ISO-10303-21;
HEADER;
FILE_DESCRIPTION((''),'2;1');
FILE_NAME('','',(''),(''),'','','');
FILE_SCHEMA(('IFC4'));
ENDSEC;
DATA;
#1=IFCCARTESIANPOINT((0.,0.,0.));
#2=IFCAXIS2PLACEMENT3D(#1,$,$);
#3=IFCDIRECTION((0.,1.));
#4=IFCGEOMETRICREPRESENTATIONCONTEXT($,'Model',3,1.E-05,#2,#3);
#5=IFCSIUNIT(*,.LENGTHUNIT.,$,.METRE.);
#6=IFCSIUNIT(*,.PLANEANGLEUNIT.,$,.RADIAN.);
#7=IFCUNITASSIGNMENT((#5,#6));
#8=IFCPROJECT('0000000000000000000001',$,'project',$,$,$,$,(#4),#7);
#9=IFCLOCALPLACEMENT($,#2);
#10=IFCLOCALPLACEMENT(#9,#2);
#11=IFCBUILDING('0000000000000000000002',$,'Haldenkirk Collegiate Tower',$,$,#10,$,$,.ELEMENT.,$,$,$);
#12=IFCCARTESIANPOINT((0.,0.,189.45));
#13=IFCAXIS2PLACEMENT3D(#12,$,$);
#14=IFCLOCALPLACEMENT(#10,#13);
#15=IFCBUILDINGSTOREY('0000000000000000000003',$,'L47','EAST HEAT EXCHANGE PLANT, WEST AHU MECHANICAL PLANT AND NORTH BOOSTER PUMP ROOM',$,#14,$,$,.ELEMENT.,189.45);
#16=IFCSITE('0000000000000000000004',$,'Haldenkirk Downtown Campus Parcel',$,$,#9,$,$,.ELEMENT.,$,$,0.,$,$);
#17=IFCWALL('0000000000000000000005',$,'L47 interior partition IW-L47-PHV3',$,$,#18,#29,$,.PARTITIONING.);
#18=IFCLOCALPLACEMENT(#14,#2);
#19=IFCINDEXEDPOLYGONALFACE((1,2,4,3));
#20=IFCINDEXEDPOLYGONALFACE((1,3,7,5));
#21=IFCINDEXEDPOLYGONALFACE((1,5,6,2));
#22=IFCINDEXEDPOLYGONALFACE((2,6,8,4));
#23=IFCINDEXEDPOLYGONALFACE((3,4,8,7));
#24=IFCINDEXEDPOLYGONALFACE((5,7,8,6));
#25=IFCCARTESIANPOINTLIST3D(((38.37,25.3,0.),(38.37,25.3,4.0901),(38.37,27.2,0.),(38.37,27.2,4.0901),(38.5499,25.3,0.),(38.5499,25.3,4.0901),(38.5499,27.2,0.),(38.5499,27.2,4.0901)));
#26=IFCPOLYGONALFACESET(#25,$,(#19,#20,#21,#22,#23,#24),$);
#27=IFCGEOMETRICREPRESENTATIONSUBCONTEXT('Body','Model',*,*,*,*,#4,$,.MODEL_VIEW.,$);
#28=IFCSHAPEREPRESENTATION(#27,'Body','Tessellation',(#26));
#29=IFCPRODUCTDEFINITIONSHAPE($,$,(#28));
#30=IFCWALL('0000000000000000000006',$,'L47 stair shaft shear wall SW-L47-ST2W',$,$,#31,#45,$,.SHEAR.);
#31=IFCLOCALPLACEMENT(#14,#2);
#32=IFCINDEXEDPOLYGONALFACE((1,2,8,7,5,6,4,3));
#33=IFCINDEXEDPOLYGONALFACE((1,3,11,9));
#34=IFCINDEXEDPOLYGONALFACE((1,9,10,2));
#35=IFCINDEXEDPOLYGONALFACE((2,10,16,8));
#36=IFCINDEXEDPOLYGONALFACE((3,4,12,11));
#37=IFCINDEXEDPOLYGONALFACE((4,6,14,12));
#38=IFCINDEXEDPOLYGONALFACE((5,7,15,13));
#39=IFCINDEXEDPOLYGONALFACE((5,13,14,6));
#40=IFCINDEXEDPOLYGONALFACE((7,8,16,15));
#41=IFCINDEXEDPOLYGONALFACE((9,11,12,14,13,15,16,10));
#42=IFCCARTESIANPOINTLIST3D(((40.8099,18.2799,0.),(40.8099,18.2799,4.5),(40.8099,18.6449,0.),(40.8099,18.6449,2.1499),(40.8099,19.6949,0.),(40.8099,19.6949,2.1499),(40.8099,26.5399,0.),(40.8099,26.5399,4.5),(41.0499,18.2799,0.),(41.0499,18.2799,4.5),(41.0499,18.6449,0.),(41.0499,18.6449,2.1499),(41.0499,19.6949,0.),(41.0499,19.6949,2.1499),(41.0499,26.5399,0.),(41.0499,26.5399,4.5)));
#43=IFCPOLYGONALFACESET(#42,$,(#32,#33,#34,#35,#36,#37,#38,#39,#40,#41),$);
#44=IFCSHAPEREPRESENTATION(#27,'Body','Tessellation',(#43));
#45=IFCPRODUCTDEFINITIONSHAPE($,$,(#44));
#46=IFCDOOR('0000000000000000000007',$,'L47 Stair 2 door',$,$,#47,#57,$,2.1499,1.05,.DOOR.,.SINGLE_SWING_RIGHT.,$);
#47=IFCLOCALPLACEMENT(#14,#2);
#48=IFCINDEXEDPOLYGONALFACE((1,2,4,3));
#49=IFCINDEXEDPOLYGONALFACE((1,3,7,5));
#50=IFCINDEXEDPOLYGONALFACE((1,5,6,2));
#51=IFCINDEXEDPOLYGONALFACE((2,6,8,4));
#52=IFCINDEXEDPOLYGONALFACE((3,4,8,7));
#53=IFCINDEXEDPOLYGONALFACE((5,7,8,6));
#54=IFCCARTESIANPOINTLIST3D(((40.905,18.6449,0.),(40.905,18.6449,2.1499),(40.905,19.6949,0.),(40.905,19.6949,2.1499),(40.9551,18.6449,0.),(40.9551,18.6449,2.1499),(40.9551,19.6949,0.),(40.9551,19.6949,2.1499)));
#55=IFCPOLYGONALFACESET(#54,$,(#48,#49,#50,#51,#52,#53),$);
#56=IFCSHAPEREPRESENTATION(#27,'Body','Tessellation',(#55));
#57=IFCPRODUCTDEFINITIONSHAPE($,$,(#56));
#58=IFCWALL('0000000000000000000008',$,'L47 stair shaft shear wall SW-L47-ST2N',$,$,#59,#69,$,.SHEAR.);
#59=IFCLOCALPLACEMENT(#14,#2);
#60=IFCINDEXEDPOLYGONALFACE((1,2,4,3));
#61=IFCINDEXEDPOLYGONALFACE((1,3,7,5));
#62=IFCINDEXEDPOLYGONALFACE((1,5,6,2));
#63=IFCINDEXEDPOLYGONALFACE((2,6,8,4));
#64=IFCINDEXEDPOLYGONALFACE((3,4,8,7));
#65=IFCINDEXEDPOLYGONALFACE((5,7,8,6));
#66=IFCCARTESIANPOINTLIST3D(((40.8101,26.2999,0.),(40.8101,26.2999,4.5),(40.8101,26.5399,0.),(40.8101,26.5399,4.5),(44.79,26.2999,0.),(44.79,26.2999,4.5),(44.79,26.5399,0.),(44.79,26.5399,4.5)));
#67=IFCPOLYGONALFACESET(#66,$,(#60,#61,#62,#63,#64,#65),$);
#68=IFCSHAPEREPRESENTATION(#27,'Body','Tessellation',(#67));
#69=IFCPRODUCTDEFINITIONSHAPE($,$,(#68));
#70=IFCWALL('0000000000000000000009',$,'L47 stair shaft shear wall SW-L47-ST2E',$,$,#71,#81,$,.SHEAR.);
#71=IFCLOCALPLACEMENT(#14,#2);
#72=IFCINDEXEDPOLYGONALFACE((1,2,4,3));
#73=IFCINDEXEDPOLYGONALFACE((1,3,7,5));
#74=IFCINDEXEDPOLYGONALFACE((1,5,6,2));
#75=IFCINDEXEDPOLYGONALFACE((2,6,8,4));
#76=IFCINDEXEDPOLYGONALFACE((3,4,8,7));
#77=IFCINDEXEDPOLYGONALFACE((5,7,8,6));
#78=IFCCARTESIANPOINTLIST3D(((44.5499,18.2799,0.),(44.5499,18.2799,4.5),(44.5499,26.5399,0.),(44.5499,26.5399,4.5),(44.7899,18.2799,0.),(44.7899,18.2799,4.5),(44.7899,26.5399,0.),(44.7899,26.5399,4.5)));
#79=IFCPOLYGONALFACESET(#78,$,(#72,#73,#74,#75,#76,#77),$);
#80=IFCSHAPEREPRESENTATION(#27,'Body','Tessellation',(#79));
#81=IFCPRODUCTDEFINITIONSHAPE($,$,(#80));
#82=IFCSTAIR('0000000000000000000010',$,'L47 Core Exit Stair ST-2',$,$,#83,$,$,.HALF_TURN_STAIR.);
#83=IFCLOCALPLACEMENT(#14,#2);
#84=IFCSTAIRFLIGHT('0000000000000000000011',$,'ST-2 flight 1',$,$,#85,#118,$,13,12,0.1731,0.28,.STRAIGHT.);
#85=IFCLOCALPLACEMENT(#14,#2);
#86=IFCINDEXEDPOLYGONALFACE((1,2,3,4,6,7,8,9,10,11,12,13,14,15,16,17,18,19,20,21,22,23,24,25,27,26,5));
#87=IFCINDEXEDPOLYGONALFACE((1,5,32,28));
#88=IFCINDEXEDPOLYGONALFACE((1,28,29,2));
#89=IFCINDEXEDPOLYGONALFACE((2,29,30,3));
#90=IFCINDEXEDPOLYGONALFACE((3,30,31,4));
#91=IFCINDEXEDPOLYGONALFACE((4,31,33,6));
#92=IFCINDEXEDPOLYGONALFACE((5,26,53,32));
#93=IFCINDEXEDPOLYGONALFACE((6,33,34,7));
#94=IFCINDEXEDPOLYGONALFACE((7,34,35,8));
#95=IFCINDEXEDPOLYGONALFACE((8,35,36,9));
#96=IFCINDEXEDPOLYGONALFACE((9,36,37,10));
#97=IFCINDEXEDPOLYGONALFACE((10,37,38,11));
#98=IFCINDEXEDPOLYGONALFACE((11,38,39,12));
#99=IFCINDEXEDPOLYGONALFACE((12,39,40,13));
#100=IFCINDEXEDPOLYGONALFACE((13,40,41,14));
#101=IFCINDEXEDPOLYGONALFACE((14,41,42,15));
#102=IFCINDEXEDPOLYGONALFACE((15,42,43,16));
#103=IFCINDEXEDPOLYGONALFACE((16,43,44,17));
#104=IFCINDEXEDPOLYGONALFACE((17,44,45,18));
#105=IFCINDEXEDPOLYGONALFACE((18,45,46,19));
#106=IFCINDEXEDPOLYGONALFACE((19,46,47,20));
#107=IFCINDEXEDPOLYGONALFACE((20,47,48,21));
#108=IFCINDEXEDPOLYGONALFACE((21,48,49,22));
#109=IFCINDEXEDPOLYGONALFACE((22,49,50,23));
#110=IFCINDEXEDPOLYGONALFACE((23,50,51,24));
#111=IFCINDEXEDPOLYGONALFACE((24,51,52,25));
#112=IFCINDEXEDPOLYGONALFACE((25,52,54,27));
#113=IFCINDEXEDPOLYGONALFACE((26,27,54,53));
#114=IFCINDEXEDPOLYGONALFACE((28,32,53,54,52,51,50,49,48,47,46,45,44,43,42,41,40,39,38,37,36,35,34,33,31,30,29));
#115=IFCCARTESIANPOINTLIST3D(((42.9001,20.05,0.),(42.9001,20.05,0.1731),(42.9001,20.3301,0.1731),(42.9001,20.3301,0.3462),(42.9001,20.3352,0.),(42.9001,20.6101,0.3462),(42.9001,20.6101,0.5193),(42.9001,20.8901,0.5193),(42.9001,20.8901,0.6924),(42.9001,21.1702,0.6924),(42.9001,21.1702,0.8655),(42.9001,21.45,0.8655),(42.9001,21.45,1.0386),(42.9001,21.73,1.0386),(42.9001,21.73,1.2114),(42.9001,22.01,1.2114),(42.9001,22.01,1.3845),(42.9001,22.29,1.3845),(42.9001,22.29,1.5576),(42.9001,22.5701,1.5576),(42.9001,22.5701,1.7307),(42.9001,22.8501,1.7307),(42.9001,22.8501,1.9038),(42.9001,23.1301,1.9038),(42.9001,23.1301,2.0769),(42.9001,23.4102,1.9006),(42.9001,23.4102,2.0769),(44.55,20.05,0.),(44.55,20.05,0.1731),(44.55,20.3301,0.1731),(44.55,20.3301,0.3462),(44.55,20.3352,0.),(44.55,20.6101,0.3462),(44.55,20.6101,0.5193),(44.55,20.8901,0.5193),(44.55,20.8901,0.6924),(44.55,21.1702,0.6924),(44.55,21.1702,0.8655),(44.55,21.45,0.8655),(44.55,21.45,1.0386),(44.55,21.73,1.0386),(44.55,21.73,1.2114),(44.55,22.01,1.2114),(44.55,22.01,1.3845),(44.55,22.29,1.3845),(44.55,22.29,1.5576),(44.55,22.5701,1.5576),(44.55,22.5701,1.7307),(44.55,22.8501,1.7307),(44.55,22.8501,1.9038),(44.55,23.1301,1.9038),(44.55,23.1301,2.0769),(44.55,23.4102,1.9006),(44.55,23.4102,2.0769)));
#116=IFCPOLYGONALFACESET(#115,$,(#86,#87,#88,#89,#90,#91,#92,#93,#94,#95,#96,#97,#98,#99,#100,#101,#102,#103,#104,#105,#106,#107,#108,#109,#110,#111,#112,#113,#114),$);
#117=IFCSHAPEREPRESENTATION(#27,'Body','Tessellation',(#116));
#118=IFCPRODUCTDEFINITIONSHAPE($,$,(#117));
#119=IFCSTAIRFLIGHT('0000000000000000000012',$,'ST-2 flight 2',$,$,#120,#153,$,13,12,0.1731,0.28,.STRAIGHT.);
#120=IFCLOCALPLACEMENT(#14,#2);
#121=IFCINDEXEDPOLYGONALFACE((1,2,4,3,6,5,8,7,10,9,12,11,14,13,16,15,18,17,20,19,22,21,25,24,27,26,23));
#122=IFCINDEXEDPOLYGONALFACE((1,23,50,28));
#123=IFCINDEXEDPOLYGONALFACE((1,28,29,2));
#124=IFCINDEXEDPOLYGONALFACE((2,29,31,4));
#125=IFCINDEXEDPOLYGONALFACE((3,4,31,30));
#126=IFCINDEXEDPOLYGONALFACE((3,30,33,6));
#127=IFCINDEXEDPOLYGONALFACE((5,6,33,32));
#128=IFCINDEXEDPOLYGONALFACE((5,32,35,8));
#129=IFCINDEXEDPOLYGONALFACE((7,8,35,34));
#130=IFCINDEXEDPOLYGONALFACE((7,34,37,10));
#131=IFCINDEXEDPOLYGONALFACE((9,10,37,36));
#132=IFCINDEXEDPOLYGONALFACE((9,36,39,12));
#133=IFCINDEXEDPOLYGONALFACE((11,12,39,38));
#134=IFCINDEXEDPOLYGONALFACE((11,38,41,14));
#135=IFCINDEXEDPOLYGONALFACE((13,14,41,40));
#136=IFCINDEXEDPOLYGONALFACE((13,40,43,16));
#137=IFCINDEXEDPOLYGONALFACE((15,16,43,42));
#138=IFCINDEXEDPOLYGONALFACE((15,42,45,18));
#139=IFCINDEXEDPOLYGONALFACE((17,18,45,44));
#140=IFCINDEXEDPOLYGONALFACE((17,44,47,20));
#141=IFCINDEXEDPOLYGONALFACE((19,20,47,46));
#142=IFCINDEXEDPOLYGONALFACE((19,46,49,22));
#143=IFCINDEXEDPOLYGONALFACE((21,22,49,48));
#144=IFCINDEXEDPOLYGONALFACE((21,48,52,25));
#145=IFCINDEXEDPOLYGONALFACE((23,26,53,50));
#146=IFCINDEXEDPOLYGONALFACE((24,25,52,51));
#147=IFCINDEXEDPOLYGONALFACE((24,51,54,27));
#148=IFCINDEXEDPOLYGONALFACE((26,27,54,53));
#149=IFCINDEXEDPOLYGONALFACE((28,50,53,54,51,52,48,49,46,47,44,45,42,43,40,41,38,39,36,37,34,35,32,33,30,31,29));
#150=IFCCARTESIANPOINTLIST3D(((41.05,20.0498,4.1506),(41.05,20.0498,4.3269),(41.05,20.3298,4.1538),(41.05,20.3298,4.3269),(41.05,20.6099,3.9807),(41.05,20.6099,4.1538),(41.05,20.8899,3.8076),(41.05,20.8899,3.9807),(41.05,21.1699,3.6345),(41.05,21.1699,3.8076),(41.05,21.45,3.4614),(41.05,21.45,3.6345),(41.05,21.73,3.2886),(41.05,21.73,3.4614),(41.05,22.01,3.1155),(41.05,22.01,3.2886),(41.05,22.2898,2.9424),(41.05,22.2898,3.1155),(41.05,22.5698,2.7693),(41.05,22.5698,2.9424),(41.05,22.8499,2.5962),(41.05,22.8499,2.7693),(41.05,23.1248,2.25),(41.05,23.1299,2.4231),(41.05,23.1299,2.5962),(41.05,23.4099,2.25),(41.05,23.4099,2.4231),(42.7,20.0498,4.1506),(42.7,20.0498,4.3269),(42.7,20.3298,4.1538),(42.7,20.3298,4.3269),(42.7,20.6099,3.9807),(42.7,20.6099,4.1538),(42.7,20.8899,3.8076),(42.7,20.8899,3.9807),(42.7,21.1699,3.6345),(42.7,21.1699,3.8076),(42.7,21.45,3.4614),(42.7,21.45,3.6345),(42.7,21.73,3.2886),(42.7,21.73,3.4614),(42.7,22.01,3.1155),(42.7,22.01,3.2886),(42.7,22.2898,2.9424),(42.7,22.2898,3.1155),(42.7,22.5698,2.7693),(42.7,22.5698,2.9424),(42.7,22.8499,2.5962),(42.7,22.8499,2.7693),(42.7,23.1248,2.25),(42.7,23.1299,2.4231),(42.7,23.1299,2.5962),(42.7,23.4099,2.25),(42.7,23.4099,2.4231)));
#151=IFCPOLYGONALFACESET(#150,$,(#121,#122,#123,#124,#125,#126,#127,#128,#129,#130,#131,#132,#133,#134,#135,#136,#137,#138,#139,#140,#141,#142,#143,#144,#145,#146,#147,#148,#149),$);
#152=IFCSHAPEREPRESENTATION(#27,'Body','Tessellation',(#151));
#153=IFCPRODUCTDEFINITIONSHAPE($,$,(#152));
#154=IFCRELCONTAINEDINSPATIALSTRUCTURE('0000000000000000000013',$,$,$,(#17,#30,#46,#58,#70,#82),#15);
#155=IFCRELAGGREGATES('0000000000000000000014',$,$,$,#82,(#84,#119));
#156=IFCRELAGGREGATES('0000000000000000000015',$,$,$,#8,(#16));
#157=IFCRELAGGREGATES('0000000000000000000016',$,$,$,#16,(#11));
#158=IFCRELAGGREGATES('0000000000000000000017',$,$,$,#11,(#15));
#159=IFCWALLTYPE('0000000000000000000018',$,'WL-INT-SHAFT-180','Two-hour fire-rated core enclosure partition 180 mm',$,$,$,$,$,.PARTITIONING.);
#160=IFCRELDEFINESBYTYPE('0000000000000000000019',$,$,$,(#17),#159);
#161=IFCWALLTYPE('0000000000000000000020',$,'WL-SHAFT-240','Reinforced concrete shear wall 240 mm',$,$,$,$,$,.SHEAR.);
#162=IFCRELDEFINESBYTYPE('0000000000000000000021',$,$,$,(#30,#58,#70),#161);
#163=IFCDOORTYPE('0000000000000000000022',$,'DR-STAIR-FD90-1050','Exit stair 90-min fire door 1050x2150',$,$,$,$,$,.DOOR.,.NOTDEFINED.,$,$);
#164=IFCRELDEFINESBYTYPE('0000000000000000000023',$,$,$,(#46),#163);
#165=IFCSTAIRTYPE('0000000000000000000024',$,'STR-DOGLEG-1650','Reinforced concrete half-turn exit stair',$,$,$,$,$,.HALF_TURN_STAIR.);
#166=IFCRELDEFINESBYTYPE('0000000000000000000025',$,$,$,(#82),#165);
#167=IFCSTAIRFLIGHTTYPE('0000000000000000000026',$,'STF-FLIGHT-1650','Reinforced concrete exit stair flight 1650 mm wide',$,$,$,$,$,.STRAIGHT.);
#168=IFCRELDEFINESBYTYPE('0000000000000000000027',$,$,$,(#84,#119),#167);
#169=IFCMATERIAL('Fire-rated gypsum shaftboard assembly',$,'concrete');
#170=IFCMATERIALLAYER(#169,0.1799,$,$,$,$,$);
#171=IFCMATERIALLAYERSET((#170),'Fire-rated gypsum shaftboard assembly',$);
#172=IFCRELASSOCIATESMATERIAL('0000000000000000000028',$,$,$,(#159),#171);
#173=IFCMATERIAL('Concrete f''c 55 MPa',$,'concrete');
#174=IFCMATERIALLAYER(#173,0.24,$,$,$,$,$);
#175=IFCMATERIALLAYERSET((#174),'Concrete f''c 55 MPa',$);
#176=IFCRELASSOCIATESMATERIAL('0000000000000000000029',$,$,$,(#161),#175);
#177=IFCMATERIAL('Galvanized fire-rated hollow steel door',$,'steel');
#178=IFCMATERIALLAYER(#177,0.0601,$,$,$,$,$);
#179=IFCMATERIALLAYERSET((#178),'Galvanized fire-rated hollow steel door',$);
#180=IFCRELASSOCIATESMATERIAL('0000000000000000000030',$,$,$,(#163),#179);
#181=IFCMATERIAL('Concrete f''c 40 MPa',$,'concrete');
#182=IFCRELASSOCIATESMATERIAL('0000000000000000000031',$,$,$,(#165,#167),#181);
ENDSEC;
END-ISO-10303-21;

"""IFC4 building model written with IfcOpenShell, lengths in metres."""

from ifc_helpers import new_model, si_unit, direction, frame, frame_2d, origin, place, context, subcontext, project, spatial, polyline, rectangle, outline, extrude, material, layer, layer_set, type_object, element, fill, aggregate, save


model = new_model("IFC4")

# Units and contexts
model_context = context("Model", 3, precision=1e-05, world=origin(), true_north=direction((0.0, 1.0)))
body_context = subcontext(model_context, "Body", "Model", "MODEL_VIEW")
ifc_project = project(units=[si_unit("LENGTHUNIT", "METRE"), si_unit("PLANEANGLEUNIT", "RADIAN")], contexts=[model_context])

# Site, building, storey
site_placement = place(None, origin())
site = spatial("IfcSite", under=ifc_project, at=site_placement, Name="Haldenkirk Downtown Campus Parcel", CompositionType="ELEMENT", RefElevation=0.0)
building_placement = place(site_placement, origin())
building = spatial("IfcBuilding", under=site, at=building_placement, Name="Haldenkirk Collegiate Tower", CompositionType="ELEMENT")
storey_placement = place(building_placement, frame((0.0, 0.0, 189.45)))
storey = spatial("IfcBuildingStorey", under=building, at=storey_placement, Name="L47", Description="EAST HEAT EXCHANGE PLANT, WEST AHU MECHANICAL PLANT AND NORTH BOOSTER PUMP ROOM", CompositionType="ELEMENT", Elevation=189.45)

# Shared definitions
ifc_material_1 = material(Name="Concrete f'c 55 MPa", Category="concrete")
ifc_material_2 = material(Name="Galvanized fire-rated hollow steel door", Category="steel")

# Wall
ifc_material_3 = material(Name="Fire-rated gypsum shaftboard assembly", Category="concrete")
ifc_layer_1 = layer(ifc_material_3, 0.1799)
ifc_layer_set_1 = layer_set([ifc_layer_1], Name="Fire-rated gypsum shaftboard assembly")
wall_type_1 = type_object("IfcWallType", Name="WL-INT-SHAFT-180", Description="Two-hour fire-rated core enclosure partition 180 mm", PredefinedType="PARTITIONING", material=ifc_layer_set_1)
wall_1_placement = place(storey_placement, frame((38.46, 25.3, 0.0), z_axis=(0.0, 0.0, 1.0), x_axis=(0.0, 1.0, 0.0)))
element("IfcWall", 1, at=wall_1_placement, inside=storey, type_object=wall_type_1, Name="L47 interior partition IW-L47-PHV3", PredefinedType="PARTITIONING", context=body_context, shape_type="SweptSolid", body=[
    extrude(rectangle(XDim=1.8999, YDim=0.1799, at=frame_2d((0.95, 0.0))), origin(), (0.0, 0.0, 1.0), 4.0901),
])

# Wall, opening, door
ifc_layer_2 = layer(ifc_material_1, 0.24)
ifc_layer_set_2 = layer_set([ifc_layer_2], Name="Concrete f'c 55 MPa")
wall_type_2 = type_object("IfcWallType", Name="WL-SHAFT-240", Description="Reinforced concrete shear wall 240 mm", PredefinedType="SHEAR", material=ifc_layer_set_2)
wall_2_placement = place(storey_placement, frame((40.9299, 18.28, 0.0), z_axis=(0.0, 0.0, 1.0), x_axis=(0.0, 1.0, 0.0)))
wall_2 = element("IfcWall", 2, at=wall_2_placement, inside=storey, type_object=wall_type_2, Name="L47 stair shaft shear wall SW-L47-ST2W", PredefinedType="SHEAR", context=body_context, shape_type="SweptSolid", body=[
    extrude(rectangle(XDim=8.26, YDim=0.24, at=frame_2d((4.1299, 0.0))), origin(), (0.0, 0.0, 1.0), 4.5),
])
opening_1_placement = place(wall_2_placement, frame((0.365, 0.0, 0.0)))
opening_1 = element("IfcOpeningElement", 3, at=opening_1_placement, cuts=wall_2, PredefinedType="OPENING", context=body_context, shape_type="SweptSolid", body=[
    extrude(rectangle(XDim=1.05, YDim=2.1499, at=frame_2d((0.5249, 1.075))), frame((0.0, 0.1299, 0.0), z_axis=(0.0, -1.0, 0.0), x_axis=(1.0, 0.0, 0.0)), (0.0, 0.0, 1.0), 0.26),
])
ifc_layer_3 = layer(ifc_material_2, 0.0601)
ifc_layer_set_3 = layer_set([ifc_layer_3], Name="Galvanized fire-rated hollow steel door")
door_type_1 = type_object("IfcDoorType", Name="DR-STAIR-FD90-1050", Description="Exit stair 90-min fire door 1050x2150", OperationType="NOTDEFINED", PredefinedType="DOOR", material=ifc_layer_set_3)
door_1_placement = place(opening_1_placement, origin())
door_1 = element("IfcDoor", 4, at=door_1_placement, inside=storey, type_object=door_type_1, Name="L47 Stair 2 door", OperationType="SINGLE_SWING_RIGHT", OverallHeight=2.1499, OverallWidth=1.05, PredefinedType="DOOR", context=body_context, shape_type="SweptSolid", body=[
    extrude(rectangle(XDim=1.05, YDim=2.1499, at=frame_2d((0.5249, 1.075))), frame((0.0, 0.0249, 0.0), z_axis=(0.0, -1.0, 0.0), x_axis=(1.0, 0.0, 0.0)), (0.0, 0.0, 1.0), 0.05),
])
fill(opening_1, door_1)

# Walls
wall_3_placement = place(storey_placement, frame((40.8101, 26.4199, 0.0), z_axis=(0.0, 0.0, 1.0), x_axis=(1.0, 0.0, 0.0)))
element("IfcWall", 5, at=wall_3_placement, inside=storey, type_object=wall_type_2, Name="L47 stair shaft shear wall SW-L47-ST2N", PredefinedType="SHEAR", context=body_context, shape_type="SweptSolid", body=[
    extrude(rectangle(XDim=3.98, YDim=0.24, at=frame_2d((1.99, 0.0))), origin(), (0.0, 0.0, 1.0), 4.5),
])
wall_4_placement = place(storey_placement, frame((44.6699, 18.28, 0.0), z_axis=(0.0, 0.0, 1.0), x_axis=(0.0, 1.0, 0.0)))
element("IfcWall", 6, at=wall_4_placement, inside=storey, type_object=wall_type_2, Name="L47 stair shaft shear wall SW-L47-ST2E", PredefinedType="SHEAR", context=body_context, shape_type="SweptSolid", body=[
    extrude(rectangle(XDim=8.26, YDim=0.24, at=frame_2d((4.1299, 0.0))), origin(), (0.0, 0.0, 1.0), 4.5),
])

# Stair, stair flights
ifc_material_4 = material(Name="Concrete f'c 40 MPa", Category="concrete")
stair_type = type_object("IfcStairType", Name="STR-DOGLEG-1650", Description="Reinforced concrete half-turn exit stair", PredefinedType="HALF_TURN_STAIR", material=ifc_material_4)
stair_placement = place(storey_placement, origin())
stair = element("IfcStair", 7, at=stair_placement, inside=storey, type_object=stair_type, Name="L47 Core Exit Stair ST-2", PredefinedType="HALF_TURN_STAIR")
stair_flight_type = type_object("IfcStairFlightType", Name="STF-FLIGHT-1650", Description="Reinforced concrete exit stair flight 1650 mm wide", PredefinedType="STRAIGHT", material=ifc_material_4)
stair_flight_1_placement = place(storey_placement, frame((43.7251, 20.05, 0.0), z_axis=(0.0, 0.0, 1.0), x_axis=(0.0, 1.0, 0.0)))
stair_flight_1 = element("IfcStairFlight", 8, at=stair_flight_1_placement, type_object=stair_flight_type, Name="ST-2 flight 1", NumberOfRisers=13, NumberOfTreads=12, PredefinedType="STRAIGHT", RiserHeight=0.1731, TreadLength=0.28, context=body_context, shape_type="SweptSolid", body=[
    extrude(outline(polyline([(0.0, 0.0), (0.0, 0.1731), (0.28, 0.1731), (0.28, 0.3462), (0.5601, 0.3462), (0.5601, 0.5193), (0.8401, 0.5193), (0.8401, 0.6924), (1.1201, 0.6924), (1.1201, 0.8655), (1.3999, 0.8655), (1.3999, 1.0386), (1.6799, 1.0386), (1.6799, 1.2114), (1.96, 1.2114), (1.96, 1.3845), (2.24, 1.3845), (2.24, 1.5576), (2.52, 1.5576), (2.52, 1.7307), (2.8, 1.7307), (2.8, 1.9038), (3.0801, 1.9038), (3.0801, 2.0769), (3.3601, 2.0769), (3.3601, 2.25), (3.3601, 1.9006), (0.2852, 0.0), (0.0, 0.0)])), frame((0.0, 0.825, 0.0), z_axis=(0.0, -1.0, 0.0), x_axis=(1.0, 0.0, 0.0)), (0.0, 0.0, 1.0), 1.6499),
])
stair_flight_2_placement = place(storey_placement, frame((41.875, 23.4099, 2.25), z_axis=(0.0, 0.0, 1.0), x_axis=(0.0, -1.0, 0.0)))
stair_flight_2 = element("IfcStairFlight", 9, at=stair_flight_2_placement, type_object=stair_flight_type, Name="ST-2 flight 2", NumberOfRisers=13, NumberOfTreads=12, PredefinedType="STRAIGHT", RiserHeight=0.1731, TreadLength=0.28, context=body_context, shape_type="SweptSolid", body=[
    extrude(outline(polyline([(0.0, 0.0), (0.0, 0.1731), (0.28, 0.1731), (0.28, 0.3462), (0.5601, 0.3462), (0.5601, 0.5193), (0.8401, 0.5193), (0.8401, 0.6924), (1.1201, 0.6924), (1.1201, 0.8655), (1.3999, 0.8655), (1.3999, 1.0386), (1.6799, 1.0386), (1.6799, 1.2114), (1.96, 1.2114), (1.96, 1.3845), (2.24, 1.3845), (2.24, 1.5576), (2.52, 1.5576), (2.52, 1.7307), (2.8, 1.7307), (2.8, 1.9038), (3.0801, 1.9038), (3.0801, 2.0769), (3.3601, 2.0769), (3.3601, 2.25), (3.3601, 1.9006), (0.2852, 0.0), (0.0, 0.0)])), frame((0.0, 0.825, 0.0), z_axis=(0.0, -1.0, 0.0), x_axis=(1.0, 0.0, 0.0)), (0.0, 0.0, 1.0), 1.6499),
])
aggregate(stair, [stair_flight_1, stair_flight_2])

save(model, "model.ifc")
